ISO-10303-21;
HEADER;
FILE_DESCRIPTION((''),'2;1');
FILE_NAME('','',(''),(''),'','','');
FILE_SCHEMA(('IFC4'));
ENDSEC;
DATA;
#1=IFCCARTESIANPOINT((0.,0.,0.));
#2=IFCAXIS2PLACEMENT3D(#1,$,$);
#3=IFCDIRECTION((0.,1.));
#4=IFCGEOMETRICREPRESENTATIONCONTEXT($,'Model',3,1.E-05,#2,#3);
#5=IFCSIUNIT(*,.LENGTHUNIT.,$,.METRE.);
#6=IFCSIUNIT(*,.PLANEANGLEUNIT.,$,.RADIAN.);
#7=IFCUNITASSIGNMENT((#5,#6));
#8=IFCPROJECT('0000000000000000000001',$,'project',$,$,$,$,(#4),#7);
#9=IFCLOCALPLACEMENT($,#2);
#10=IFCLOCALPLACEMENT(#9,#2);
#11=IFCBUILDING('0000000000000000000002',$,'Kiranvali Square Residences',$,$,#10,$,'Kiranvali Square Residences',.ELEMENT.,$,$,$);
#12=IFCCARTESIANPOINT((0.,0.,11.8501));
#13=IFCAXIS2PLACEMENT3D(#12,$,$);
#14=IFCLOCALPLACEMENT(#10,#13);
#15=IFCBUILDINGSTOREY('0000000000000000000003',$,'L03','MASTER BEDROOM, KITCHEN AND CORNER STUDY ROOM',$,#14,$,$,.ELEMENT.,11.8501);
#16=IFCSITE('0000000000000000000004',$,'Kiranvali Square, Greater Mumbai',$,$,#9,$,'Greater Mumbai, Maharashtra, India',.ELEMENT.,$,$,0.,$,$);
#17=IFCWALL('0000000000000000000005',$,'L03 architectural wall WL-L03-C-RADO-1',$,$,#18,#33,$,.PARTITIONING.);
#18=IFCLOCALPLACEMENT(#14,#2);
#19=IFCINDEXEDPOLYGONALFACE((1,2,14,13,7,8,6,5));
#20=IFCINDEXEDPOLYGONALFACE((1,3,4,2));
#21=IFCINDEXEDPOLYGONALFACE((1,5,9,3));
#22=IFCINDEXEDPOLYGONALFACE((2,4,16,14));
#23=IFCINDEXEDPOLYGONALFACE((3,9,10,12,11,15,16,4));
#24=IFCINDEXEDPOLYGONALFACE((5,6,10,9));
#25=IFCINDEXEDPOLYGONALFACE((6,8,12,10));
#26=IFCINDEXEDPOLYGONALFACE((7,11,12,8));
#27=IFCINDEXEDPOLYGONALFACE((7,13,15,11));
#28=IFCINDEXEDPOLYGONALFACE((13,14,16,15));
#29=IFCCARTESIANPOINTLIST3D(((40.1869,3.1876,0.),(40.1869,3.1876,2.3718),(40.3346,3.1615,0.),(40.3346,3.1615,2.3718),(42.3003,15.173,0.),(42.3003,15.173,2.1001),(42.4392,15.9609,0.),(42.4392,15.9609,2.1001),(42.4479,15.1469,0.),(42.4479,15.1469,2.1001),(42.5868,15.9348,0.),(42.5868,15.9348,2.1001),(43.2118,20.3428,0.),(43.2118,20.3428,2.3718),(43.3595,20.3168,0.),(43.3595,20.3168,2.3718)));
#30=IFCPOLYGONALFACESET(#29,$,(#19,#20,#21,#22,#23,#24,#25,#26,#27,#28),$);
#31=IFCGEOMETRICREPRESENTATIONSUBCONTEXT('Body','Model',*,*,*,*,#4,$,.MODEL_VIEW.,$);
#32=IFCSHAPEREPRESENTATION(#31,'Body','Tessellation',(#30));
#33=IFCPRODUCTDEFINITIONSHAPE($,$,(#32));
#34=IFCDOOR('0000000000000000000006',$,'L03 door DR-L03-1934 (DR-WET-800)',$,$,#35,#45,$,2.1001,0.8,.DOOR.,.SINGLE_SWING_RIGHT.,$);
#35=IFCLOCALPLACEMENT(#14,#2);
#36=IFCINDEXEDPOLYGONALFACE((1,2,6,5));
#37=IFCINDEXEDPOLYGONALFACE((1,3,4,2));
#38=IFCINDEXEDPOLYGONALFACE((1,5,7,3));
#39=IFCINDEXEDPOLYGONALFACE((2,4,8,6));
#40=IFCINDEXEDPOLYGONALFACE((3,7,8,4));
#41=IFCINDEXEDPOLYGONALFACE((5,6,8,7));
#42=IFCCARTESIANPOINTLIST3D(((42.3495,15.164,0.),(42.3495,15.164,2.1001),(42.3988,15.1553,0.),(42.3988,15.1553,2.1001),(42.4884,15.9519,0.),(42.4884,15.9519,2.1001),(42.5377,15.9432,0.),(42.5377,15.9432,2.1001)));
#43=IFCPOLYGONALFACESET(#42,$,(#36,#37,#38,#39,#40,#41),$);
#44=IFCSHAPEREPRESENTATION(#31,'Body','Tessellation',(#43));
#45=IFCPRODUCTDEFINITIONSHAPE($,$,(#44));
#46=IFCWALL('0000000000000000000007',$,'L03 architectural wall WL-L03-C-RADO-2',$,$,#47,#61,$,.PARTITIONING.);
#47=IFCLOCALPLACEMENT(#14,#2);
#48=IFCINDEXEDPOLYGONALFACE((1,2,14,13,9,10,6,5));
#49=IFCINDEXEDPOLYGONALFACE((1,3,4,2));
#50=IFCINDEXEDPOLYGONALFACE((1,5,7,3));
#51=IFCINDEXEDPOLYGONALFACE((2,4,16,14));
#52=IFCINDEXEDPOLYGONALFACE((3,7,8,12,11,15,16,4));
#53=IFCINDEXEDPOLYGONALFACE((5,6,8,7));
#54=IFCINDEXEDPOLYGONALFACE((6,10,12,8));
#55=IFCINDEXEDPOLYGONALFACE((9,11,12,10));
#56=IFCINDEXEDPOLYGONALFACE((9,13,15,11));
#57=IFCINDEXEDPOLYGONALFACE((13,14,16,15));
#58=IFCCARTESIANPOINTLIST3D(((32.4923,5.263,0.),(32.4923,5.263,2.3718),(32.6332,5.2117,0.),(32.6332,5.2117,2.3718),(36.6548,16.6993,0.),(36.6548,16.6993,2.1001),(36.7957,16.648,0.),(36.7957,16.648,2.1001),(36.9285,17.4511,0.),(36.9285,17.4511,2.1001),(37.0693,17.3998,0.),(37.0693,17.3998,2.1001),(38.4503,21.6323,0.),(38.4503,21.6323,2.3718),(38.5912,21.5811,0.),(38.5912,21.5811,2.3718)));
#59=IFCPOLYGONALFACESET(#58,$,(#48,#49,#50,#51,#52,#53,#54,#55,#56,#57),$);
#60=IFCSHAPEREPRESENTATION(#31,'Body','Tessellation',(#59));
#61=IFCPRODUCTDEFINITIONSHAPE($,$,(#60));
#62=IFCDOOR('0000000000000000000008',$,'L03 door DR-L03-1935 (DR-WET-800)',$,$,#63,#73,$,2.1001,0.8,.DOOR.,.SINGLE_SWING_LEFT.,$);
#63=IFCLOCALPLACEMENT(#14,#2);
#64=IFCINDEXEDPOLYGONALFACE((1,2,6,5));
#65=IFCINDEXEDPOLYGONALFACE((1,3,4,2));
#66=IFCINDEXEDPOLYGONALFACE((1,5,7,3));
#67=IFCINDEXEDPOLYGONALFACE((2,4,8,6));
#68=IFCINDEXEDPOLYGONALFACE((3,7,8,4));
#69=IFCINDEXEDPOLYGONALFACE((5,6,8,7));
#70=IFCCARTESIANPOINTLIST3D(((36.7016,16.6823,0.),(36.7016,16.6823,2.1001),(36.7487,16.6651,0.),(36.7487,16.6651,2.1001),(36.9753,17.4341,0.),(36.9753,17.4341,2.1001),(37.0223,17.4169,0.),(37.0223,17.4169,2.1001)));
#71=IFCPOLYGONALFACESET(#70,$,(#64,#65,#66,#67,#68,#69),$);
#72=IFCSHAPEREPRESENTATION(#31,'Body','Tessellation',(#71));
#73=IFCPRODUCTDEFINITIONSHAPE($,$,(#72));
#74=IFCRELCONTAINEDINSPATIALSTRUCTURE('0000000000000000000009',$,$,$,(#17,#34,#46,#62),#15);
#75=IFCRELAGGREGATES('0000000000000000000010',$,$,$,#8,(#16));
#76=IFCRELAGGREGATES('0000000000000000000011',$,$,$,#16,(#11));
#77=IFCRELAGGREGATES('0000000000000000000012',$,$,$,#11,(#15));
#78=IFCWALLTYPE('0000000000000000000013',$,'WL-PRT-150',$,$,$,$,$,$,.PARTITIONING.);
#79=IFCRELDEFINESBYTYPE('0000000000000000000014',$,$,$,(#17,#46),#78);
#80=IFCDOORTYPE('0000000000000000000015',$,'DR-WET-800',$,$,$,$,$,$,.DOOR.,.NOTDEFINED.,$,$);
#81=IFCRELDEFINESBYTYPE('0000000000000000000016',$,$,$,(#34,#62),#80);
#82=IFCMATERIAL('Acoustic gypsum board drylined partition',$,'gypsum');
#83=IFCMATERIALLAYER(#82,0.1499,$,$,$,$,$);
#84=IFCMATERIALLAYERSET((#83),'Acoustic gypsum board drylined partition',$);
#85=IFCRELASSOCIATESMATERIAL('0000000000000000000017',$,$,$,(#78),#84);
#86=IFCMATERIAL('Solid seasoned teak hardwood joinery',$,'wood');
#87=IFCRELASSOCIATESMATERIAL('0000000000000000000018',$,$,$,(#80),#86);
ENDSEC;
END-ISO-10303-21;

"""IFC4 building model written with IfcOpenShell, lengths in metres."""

from ifc_helpers import new_model, si_unit, direction, frame, frame_2d, origin, place, context, subcontext, project, spatial, rectangle, extrude, material, layer, layer_set, type_object, element, fill, save


model = new_model("IFC4")

# Units and contexts
model_context = context("Model", 3, precision=1e-05, world=origin(), true_north=direction((0.0, 1.0)))
body_context = subcontext(model_context, "Body", "Model", "MODEL_VIEW")
ifc_project = project(units=[si_unit("LENGTHUNIT", "METRE"), si_unit("PLANEANGLEUNIT", "RADIAN")], contexts=[model_context])

# Site, building, storey
site_placement = place(None, origin())
site = spatial("IfcSite", under=ifc_project, at=site_placement, Name="Kiranvali Square, Greater Mumbai", LongName="Greater Mumbai, Maharashtra, India", CompositionType="ELEMENT", RefElevation=0.0)
building_placement = place(site_placement, origin())
building = spatial("IfcBuilding", under=site, at=building_placement, Name="Kiranvali Square Residences", LongName="Kiranvali Square Residences", CompositionType="ELEMENT")
storey_placement = place(building_placement, frame((0.0, 0.0, 11.8501)))
storey = spatial("IfcBuildingStorey", under=building, at=storey_placement, Name="L03", Description="MASTER BEDROOM, KITCHEN AND CORNER STUDY ROOM", CompositionType="ELEMENT", Elevation=11.8501)

# Walls, openings, doors
ifc_material_1 = material(Name="Acoustic gypsum board drylined partition", Category="gypsum")
ifc_layer_1 = layer(ifc_material_1, 0.1499)
ifc_layer_set_1 = layer_set([ifc_layer_1], Name="Acoustic gypsum board drylined partition")
wall_type_1 = type_object("IfcWallType", Name="WL-PRT-150", PredefinedType="PARTITIONING", material=ifc_layer_set_1)
wall_1_placement = place(storey_placement, frame((43.2856, 20.3298, 0.0), z_axis=(0.0, 0.0, 1.0), x_axis=(-0.173646, -0.984808, 0.0)))
wall_1 = element("IfcWall", 1, at=wall_1_placement, inside=storey, type_object=wall_type_1, Name="L03 architectural wall WL-L03-C-RADO-1", PredefinedType="PARTITIONING", context=body_context, shape_type="SweptSolid", body=[
    extrude(rectangle(XDim=17.4199, YDim=0.1499, at=frame_2d((8.71, 0.0))), origin(), (0.0, 0.0, 1.0), 2.3718),
])
opening_1_placement = place(wall_1_placement, frame((4.4497, 0.0, 0.0)))
opening_1 = element("IfcOpeningElement", 2, at=opening_1_placement, cuts=wall_1, PredefinedType="OPENING", context=body_context, shape_type="SweptSolid", body=[
    extrude(rectangle(XDim=0.8, YDim=2.1001, at=frame_2d((0.3999, 1.05))), frame((0.0, 0.085, 0.0), z_axis=(0.0, -1.0, 0.0), x_axis=(1.0, 0.0, 0.0)), (0.0, 0.0, 1.0), 0.1699),
])
ifc_material_2 = material(Name="Solid seasoned teak hardwood joinery", Category="wood")
door_type_1 = type_object("IfcDoorType", Name="DR-WET-800", OperationType="NOTDEFINED", PredefinedType="DOOR", material=ifc_material_2)
door_1_placement = place(opening_1_placement, frame((0.8, 0.0, 0.0), z_axis=(0.0, 0.0, 1.0), x_axis=(-1.0, 0.0, 0.0)))
door_1 = element("IfcDoor", 3, at=door_1_placement, inside=storey, type_object=door_type_1, Name="L03 door DR-L03-1934 (DR-WET-800)", OperationType="SINGLE_SWING_RIGHT", OverallHeight=2.1001, OverallWidth=0.8, PredefinedType="DOOR", context=body_context, shape_type="SweptSolid", body=[
    extrude(rectangle(XDim=0.8, YDim=2.1001, at=frame_2d((0.3999, 1.05))), frame((0.0, 0.0249, 0.0), z_axis=(0.0, -1.0, 0.0), x_axis=(1.0, 0.0, 0.0)), (0.0, 0.0, 1.0), 0.05),
])
fill(opening_1, door_1)
wall_2_placement = place(storey_placement, frame((38.5208, 21.6067, 0.0), z_axis=(0.0, 0.0, 1.0), x_axis=(-0.342022, -0.939692, 0.0)))
wall_2 = element("IfcWall", 4, at=wall_2_placement, inside=storey, type_object=wall_type_1, Name="L03 architectural wall WL-L03-C-RADO-2", PredefinedType="PARTITIONING", context=body_context, shape_type="SweptSolid", body=[
    extrude(rectangle(XDim=17.4199, YDim=0.1499, at=frame_2d((8.71, 0.0))), origin(), (0.0, 0.0, 1.0), 2.3718),
])
opening_2_placement = place(wall_2_placement, frame((4.4497, 0.0, 0.0)))
opening_2 = element("IfcOpeningElement", 5, at=opening_2_placement, cuts=wall_2, PredefinedType="OPENING", context=body_context, shape_type="SweptSolid", body=[
    extrude(rectangle(XDim=0.8, YDim=2.1001, at=frame_2d((0.3999, 1.05))), frame((0.0, 0.085, 0.0), z_axis=(0.0, -1.0, 0.0), x_axis=(1.0, 0.0, 0.0)), (0.0, 0.0, 1.0), 0.1699),
])
door_2_placement = place(opening_2_placement, origin())
door_2 = element("IfcDoor", 6, at=door_2_placement, inside=storey, type_object=door_type_1, Name="L03 door DR-L03-1935 (DR-WET-800)", OperationType="SINGLE_SWING_LEFT", OverallHeight=2.1001, OverallWidth=0.8, PredefinedType="DOOR", context=body_context, shape_type="SweptSolid", body=[
    extrude(rectangle(XDim=0.8, YDim=2.1001, at=frame_2d((0.3999, 1.05))), frame((0.0, 0.0249, 0.0), z_axis=(0.0, -1.0, 0.0), x_axis=(1.0, 0.0, 0.0)), (0.0, 0.0, 1.0), 0.05),
])
fill(opening_2, door_2)

save(model, "model.ifc")
